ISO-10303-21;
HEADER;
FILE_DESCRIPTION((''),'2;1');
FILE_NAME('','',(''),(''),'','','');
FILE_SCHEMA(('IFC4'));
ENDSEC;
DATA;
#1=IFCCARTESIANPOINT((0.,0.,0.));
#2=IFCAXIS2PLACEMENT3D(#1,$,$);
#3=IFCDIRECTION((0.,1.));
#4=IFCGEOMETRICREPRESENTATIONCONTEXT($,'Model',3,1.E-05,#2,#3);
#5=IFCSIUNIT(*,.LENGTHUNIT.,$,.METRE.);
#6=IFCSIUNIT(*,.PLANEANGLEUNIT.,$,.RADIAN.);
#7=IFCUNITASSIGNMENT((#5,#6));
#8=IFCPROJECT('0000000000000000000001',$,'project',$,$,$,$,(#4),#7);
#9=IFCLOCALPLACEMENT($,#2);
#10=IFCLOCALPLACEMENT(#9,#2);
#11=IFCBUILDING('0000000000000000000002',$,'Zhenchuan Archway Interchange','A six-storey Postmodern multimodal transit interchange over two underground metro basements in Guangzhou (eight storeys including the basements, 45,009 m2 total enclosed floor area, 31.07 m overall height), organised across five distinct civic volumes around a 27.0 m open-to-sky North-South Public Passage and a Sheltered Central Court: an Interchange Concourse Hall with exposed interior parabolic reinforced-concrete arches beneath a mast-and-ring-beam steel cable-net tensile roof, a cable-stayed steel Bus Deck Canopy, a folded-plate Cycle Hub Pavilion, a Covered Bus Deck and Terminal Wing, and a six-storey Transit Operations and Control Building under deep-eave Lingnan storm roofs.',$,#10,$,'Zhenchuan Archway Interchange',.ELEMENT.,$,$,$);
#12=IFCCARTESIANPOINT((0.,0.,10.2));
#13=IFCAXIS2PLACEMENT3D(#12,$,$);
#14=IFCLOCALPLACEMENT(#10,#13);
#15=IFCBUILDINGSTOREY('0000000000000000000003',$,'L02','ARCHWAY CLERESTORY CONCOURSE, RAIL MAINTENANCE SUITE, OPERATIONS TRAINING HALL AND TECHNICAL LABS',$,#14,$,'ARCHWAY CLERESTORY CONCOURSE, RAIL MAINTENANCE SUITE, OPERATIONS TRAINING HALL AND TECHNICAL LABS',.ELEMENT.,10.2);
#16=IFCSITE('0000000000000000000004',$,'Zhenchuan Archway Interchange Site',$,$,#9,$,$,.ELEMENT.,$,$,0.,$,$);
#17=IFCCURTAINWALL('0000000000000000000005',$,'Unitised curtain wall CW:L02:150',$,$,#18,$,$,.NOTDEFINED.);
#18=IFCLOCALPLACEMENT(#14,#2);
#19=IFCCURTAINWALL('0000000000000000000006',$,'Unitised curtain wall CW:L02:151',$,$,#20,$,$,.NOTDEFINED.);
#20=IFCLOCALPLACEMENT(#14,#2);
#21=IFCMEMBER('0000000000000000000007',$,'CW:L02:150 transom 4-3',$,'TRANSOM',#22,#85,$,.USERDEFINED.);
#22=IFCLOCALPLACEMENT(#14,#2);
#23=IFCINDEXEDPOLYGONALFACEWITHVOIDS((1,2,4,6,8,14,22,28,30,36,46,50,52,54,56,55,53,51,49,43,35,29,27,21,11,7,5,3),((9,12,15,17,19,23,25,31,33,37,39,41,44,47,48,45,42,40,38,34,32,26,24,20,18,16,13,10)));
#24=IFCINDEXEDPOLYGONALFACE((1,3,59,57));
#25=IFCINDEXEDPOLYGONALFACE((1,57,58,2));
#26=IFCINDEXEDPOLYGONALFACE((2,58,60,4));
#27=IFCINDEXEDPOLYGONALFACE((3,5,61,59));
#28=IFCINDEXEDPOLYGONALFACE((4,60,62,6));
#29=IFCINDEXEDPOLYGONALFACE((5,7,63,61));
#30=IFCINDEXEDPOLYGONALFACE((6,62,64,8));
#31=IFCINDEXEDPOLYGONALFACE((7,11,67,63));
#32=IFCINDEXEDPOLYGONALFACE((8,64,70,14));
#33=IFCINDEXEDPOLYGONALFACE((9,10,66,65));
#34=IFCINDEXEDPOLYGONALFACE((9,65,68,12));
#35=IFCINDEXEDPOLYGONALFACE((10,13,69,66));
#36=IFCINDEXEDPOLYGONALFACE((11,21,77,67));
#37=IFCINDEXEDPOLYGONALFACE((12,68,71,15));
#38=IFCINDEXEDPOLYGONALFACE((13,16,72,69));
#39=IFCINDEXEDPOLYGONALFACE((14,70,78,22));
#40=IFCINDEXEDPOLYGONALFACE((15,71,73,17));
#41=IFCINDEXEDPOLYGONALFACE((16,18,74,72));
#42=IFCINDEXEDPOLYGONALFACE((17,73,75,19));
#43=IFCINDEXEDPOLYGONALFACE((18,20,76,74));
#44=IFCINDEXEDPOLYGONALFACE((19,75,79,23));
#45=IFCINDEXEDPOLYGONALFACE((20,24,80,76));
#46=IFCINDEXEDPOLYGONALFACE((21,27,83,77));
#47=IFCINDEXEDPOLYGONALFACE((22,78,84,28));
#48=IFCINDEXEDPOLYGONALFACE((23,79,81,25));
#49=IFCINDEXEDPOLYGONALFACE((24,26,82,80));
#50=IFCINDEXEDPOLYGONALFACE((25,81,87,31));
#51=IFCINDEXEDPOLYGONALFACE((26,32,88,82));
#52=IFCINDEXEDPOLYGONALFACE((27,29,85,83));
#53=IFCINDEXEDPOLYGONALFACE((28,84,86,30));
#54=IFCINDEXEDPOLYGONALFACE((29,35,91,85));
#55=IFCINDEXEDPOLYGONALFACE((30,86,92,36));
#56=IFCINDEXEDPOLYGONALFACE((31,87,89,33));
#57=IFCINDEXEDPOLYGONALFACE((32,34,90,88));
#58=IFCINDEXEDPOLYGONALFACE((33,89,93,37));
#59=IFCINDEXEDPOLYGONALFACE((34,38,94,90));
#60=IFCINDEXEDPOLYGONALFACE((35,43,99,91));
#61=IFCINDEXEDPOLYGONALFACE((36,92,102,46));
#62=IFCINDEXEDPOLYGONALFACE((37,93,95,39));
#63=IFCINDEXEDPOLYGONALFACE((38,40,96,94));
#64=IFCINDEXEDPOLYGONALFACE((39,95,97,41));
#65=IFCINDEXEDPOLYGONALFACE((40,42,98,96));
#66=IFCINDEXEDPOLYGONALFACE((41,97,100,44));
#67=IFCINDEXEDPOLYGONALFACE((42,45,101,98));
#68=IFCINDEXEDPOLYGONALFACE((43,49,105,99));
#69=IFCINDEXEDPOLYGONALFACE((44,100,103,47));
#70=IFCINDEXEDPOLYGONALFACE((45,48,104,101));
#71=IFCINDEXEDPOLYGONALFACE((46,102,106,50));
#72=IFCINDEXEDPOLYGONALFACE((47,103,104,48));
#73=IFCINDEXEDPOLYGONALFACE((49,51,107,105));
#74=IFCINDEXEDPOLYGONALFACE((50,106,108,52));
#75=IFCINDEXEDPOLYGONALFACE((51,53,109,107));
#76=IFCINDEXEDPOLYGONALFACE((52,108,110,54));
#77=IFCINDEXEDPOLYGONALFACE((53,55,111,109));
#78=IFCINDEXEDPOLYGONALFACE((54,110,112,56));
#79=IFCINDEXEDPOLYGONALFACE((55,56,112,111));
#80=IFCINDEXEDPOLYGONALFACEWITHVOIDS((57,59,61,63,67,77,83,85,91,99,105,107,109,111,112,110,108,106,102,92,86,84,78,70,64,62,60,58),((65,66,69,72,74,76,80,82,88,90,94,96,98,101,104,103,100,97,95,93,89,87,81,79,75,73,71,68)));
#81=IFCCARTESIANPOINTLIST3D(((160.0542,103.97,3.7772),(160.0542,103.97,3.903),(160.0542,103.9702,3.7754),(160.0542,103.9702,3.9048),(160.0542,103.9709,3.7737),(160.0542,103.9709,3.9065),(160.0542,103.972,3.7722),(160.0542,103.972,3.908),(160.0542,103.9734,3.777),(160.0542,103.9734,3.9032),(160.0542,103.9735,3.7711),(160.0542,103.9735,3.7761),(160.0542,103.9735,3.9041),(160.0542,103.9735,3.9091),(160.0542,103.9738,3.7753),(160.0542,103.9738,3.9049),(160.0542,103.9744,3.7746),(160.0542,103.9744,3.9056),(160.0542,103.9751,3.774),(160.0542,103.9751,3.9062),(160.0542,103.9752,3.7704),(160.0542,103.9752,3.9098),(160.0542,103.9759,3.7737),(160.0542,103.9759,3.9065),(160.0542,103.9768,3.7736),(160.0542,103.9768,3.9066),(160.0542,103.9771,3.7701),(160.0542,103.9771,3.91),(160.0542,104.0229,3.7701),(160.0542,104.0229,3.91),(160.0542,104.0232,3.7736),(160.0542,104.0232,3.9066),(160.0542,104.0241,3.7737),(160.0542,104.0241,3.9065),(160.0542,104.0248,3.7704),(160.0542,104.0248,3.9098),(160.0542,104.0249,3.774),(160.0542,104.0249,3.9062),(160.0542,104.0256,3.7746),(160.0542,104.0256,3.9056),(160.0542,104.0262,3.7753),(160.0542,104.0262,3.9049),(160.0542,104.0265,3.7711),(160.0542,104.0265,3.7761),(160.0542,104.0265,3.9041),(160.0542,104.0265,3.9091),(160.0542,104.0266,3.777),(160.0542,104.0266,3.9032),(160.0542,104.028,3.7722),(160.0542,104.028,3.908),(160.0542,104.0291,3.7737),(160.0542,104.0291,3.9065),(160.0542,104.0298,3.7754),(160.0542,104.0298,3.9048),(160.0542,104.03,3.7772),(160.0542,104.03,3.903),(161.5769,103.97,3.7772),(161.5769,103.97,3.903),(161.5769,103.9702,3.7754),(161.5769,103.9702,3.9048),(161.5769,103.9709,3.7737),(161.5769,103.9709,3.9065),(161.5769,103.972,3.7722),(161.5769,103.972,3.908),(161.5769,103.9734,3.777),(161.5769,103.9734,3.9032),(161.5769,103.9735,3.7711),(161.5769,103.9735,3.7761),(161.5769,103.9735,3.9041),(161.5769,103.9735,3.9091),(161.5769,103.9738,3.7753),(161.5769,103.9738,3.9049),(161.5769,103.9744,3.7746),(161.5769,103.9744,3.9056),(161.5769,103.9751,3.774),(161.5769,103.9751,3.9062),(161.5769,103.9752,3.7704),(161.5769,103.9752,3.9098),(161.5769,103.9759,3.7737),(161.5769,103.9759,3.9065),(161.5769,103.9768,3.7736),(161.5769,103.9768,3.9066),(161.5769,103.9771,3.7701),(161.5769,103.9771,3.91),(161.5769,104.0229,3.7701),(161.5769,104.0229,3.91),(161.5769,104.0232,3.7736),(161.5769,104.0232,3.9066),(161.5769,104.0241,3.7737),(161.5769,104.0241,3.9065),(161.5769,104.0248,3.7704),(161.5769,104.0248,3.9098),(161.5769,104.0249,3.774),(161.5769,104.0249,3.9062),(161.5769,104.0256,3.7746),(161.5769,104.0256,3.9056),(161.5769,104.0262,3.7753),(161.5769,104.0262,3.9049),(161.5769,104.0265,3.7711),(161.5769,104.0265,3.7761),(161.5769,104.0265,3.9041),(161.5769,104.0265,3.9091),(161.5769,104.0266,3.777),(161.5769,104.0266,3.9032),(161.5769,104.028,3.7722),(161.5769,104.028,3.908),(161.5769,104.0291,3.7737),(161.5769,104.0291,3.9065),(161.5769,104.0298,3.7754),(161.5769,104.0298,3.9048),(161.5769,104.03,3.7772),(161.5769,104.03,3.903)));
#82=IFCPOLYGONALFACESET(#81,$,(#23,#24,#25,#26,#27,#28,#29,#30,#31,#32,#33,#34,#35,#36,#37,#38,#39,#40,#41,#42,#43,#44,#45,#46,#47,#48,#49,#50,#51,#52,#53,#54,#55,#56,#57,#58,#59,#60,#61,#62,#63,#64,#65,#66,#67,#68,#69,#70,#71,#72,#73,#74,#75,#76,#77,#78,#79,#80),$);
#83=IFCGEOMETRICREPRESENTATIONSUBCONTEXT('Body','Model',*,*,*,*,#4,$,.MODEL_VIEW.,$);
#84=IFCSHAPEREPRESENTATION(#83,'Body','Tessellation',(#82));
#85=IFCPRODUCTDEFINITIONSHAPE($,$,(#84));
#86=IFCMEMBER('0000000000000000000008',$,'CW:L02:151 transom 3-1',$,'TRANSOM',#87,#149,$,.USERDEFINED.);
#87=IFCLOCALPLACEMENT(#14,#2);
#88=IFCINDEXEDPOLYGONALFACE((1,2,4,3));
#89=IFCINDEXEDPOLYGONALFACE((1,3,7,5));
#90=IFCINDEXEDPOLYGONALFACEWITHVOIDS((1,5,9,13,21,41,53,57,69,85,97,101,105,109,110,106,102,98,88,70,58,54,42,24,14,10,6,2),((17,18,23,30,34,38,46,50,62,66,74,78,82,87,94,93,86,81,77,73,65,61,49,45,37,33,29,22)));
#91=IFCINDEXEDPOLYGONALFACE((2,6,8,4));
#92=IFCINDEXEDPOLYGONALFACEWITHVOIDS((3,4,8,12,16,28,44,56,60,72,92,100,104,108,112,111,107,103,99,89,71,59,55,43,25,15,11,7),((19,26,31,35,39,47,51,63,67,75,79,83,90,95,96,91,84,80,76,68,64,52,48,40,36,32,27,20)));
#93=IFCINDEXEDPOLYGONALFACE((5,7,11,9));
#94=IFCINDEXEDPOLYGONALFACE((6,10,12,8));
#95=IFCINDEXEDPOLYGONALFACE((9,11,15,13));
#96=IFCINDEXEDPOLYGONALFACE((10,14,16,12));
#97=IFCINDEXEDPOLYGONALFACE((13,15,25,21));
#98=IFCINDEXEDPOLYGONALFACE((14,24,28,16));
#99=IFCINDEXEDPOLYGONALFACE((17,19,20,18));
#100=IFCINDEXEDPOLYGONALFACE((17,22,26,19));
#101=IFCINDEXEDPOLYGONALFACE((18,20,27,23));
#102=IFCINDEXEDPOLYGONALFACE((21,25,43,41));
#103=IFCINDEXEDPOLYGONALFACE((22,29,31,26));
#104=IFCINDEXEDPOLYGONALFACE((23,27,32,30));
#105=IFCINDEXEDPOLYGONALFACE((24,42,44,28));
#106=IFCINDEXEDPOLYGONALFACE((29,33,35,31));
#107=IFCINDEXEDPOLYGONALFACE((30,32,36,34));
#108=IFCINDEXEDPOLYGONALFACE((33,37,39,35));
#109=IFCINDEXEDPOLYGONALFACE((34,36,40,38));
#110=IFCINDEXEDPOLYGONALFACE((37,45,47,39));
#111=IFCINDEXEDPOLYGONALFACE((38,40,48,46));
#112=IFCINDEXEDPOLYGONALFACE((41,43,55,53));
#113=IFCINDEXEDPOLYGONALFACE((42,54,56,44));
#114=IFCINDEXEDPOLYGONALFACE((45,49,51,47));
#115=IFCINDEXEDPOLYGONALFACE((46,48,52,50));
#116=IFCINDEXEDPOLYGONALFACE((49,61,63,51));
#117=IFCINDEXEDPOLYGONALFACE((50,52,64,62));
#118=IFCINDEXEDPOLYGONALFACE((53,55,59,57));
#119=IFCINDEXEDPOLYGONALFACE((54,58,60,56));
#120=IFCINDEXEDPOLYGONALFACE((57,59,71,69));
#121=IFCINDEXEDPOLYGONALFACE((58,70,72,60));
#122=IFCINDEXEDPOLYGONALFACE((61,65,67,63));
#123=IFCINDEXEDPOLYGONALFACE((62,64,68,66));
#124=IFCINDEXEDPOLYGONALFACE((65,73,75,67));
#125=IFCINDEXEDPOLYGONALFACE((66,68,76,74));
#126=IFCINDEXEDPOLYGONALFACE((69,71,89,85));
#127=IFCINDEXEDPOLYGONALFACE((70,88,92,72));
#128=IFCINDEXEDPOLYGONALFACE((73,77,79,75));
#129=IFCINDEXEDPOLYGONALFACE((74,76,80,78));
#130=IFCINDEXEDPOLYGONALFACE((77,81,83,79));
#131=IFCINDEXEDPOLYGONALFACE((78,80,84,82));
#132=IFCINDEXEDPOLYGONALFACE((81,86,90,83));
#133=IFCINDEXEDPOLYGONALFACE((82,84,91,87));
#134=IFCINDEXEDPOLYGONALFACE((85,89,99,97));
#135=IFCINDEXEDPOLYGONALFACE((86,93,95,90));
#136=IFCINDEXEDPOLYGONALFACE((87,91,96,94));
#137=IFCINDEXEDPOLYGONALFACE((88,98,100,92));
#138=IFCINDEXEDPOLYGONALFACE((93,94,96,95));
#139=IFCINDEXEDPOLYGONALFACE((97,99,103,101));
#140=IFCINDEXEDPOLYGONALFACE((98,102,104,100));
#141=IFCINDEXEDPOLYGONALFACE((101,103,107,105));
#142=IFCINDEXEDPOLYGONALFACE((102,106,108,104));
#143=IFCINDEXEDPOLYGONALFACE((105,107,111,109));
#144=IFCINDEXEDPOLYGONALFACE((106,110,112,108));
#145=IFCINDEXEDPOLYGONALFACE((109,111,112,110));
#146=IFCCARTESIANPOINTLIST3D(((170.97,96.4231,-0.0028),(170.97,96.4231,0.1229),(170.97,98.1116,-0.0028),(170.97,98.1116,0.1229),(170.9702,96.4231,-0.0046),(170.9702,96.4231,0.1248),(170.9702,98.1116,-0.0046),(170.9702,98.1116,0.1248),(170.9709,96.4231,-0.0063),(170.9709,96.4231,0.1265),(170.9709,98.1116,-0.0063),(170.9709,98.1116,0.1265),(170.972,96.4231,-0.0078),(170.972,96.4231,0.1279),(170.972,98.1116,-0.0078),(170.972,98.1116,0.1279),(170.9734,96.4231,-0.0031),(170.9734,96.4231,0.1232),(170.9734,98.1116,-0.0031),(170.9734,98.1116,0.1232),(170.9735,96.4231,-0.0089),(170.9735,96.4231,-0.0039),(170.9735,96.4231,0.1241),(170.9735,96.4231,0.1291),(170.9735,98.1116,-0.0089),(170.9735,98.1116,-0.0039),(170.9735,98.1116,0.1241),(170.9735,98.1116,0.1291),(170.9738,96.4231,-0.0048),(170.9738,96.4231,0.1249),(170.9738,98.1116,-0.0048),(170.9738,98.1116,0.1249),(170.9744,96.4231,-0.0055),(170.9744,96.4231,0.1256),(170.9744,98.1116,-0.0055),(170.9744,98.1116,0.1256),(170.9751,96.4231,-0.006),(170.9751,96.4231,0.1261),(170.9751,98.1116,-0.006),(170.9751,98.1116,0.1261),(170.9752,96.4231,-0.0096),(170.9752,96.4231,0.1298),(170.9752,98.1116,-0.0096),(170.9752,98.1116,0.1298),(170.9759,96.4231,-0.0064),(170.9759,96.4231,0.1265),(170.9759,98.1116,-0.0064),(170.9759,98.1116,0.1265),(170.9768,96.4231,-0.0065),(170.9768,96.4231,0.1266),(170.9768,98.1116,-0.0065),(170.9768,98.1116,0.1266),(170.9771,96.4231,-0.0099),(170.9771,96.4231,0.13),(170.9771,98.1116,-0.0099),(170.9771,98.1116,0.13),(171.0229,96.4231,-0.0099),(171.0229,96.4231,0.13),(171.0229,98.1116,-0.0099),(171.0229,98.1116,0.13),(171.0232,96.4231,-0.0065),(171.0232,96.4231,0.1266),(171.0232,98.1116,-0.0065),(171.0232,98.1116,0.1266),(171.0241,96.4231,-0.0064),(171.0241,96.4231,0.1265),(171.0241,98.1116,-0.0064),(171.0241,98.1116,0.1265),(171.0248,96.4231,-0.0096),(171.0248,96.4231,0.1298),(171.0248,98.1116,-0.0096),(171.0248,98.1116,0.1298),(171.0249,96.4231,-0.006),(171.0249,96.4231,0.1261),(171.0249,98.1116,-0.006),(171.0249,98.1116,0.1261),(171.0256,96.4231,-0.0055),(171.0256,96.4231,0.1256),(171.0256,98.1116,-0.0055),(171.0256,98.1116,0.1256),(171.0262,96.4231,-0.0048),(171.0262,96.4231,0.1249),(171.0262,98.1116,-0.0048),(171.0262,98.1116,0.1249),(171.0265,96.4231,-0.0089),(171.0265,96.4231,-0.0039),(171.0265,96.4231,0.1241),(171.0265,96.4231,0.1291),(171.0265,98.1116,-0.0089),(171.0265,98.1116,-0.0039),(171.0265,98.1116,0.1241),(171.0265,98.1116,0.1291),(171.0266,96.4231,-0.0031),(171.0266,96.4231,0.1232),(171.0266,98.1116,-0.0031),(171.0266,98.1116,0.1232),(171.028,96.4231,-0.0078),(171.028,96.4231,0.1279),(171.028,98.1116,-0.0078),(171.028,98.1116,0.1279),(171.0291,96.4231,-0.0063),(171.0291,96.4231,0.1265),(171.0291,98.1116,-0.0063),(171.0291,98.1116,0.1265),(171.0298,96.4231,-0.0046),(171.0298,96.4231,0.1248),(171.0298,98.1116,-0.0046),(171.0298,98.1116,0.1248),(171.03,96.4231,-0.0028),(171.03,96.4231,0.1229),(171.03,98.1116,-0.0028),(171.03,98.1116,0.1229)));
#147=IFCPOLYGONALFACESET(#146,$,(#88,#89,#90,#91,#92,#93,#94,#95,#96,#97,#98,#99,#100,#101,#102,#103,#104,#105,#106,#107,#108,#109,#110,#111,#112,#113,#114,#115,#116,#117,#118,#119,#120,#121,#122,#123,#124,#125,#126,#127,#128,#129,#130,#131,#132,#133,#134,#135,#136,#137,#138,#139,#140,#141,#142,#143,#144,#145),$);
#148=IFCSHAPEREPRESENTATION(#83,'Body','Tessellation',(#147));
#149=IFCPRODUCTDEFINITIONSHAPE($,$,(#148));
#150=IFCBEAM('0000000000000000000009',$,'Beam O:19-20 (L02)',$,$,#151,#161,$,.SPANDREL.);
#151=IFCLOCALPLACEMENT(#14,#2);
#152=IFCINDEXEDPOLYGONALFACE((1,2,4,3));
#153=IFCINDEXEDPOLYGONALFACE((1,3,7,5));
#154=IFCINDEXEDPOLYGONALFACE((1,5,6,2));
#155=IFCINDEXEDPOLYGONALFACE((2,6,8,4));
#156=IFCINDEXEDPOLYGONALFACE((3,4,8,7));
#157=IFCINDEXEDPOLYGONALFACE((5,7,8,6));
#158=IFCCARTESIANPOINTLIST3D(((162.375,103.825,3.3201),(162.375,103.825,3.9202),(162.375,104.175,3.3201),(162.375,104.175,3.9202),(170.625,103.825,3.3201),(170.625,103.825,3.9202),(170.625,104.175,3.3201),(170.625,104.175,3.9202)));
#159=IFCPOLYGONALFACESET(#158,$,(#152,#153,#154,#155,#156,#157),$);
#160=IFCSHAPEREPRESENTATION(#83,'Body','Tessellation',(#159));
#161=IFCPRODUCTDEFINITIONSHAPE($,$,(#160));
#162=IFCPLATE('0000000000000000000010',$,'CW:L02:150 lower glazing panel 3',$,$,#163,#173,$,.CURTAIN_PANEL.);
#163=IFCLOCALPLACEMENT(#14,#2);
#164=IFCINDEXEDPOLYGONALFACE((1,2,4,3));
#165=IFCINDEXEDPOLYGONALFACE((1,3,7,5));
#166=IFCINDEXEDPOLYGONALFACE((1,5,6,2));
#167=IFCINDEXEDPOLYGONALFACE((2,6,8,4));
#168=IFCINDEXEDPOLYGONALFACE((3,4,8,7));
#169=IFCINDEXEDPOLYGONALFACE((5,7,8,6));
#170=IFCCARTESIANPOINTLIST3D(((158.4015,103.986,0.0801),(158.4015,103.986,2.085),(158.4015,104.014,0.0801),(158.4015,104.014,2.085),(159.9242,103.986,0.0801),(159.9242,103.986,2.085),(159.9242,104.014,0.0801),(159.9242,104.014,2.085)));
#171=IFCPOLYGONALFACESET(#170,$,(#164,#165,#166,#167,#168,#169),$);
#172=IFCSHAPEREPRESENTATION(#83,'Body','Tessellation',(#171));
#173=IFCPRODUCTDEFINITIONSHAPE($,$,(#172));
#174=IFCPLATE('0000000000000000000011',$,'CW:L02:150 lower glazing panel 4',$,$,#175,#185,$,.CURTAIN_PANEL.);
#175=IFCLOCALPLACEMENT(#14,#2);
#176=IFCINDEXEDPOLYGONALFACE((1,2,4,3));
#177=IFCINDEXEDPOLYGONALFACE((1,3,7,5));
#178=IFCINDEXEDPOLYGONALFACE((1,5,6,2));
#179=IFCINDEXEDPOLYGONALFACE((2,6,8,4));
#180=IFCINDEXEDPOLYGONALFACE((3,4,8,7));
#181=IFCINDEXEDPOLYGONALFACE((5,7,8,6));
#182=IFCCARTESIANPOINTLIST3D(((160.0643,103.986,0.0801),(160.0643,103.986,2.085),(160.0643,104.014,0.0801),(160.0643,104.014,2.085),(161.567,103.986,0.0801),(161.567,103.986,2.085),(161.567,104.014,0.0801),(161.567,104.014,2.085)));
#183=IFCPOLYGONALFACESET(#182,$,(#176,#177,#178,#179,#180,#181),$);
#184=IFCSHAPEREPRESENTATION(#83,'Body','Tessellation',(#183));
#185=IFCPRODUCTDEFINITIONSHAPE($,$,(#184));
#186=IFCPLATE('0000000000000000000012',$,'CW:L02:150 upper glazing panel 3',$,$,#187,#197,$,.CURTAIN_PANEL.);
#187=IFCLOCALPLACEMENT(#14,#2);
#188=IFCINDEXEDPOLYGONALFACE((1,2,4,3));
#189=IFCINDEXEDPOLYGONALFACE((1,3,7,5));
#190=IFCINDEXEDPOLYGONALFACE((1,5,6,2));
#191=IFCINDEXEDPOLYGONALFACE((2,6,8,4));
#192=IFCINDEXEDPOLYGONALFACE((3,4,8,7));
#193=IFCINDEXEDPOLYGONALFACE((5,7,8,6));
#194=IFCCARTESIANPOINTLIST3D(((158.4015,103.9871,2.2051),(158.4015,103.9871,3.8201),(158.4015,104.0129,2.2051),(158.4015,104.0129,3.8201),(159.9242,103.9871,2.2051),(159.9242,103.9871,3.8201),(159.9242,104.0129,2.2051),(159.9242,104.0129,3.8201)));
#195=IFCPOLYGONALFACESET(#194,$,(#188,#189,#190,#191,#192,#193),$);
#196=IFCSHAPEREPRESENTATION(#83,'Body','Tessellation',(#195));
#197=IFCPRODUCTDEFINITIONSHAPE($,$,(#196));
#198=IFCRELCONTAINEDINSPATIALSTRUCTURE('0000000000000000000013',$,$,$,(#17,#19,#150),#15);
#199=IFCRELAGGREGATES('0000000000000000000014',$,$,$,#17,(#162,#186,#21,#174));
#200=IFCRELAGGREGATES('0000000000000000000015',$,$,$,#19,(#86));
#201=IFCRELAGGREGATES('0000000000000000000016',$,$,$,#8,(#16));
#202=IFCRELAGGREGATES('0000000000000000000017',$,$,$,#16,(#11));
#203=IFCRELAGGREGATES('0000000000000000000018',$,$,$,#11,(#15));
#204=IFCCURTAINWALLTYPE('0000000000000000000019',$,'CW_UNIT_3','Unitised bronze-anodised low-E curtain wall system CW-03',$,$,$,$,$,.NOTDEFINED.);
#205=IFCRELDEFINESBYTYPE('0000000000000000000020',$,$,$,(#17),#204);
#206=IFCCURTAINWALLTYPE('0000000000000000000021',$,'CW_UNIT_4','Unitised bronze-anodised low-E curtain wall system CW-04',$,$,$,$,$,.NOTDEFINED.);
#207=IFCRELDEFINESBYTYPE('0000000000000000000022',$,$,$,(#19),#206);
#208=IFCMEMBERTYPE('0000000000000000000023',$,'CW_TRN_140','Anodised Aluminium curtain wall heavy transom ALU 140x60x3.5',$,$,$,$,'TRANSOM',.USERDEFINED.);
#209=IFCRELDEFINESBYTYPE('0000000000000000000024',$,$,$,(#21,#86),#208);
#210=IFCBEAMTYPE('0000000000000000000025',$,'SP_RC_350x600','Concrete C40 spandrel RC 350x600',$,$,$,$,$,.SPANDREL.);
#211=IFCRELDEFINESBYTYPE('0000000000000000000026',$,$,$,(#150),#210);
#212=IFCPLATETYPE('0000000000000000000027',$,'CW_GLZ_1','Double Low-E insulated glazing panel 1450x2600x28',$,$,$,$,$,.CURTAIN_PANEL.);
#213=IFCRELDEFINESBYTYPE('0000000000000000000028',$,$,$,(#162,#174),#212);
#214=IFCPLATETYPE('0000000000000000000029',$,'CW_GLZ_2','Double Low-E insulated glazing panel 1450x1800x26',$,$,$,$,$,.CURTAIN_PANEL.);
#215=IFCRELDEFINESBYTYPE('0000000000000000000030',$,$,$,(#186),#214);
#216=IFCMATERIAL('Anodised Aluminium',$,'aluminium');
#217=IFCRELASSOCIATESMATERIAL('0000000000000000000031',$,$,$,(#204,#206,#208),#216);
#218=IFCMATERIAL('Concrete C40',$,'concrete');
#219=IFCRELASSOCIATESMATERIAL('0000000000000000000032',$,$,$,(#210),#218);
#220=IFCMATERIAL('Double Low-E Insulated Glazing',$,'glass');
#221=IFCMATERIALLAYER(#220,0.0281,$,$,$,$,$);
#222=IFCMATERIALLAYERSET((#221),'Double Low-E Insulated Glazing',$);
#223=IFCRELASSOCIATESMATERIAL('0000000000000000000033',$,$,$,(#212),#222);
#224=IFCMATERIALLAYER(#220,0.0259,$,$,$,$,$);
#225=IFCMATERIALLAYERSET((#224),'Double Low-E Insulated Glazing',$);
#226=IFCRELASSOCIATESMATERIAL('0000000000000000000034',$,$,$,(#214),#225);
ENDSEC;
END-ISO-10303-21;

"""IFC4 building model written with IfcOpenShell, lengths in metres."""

from ifc_helpers import new_model, si_unit, direction, frame, origin, origin_2d, place, context, subcontext, project, spatial, rectangle, hollow_rectangle, extrude, material, layer, layer_set, material_profile, profile_set, type_object, element, aggregate, save


model = new_model("IFC4")

# Units and contexts
model_context = context("Model", 3, precision=1e-05, world=origin(), true_north=direction((0.0, 1.0)))
body_context = subcontext(model_context, "Body", "Model", "MODEL_VIEW")
ifc_project = project(units=[si_unit("LENGTHUNIT", "METRE"), si_unit("PLANEANGLEUNIT", "RADIAN")], contexts=[model_context])

# Site, building, storey
site_placement = place(None, origin())
site = spatial("IfcSite", under=ifc_project, at=site_placement, Name="Zhenchuan Archway Interchange Site", CompositionType="ELEMENT", RefElevation=0.0)
building_placement = place(site_placement, origin())
building = spatial("IfcBuilding", under=site, at=building_placement, Name="Zhenchuan Archway Interchange", Description="A six-storey Postmodern multimodal transit interchange over two underground metro basements in Guangzhou (eight storeys including the basements, 45,009 m2 total enclosed floor area, 31.07 m overall height), organised across five distinct civic volumes around a 27.0 m open-to-sky North-South Public Passage and a Sheltered Central Court: an Interchange Concourse Hall with exposed interior parabolic reinforced-concrete arches beneath a mast-and-ring-beam steel cable-net tensile roof, a cable-stayed steel Bus Deck Canopy, a folded-plate Cycle Hub Pavilion, a Covered Bus Deck and Terminal Wing, and a six-storey Transit Operations and Control Building under deep-eave Lingnan storm roofs.", LongName="Zhenchuan Archway Interchange", CompositionType="ELEMENT")
storey_placement = place(building_placement, frame((0.0, 0.0, 10.2)))
storey = spatial("IfcBuildingStorey", under=building, at=storey_placement, Name="L02", Description="ARCHWAY CLERESTORY CONCOURSE, RAIL MAINTENANCE SUITE, OPERATIONS TRAINING HALL AND TECHNICAL LABS", LongName="ARCHWAY CLERESTORY CONCOURSE, RAIL MAINTENANCE SUITE, OPERATIONS TRAINING HALL AND TECHNICAL LABS", CompositionType="ELEMENT", Elevation=10.2)

# Shared definitions
ifc_material_1 = material(Name="Concrete C40", Category="concrete")

# Curtain wall
ifc_material_2 = material(Name="Anodised Aluminium", Category="aluminium")
curtain_wall_type_1 = type_object("IfcCurtainWallType", Name="CW_UNIT_3", Description="Unitised bronze-anodised low-E curtain wall system CW-03", PredefinedType="NOTDEFINED", material=ifc_material_2)
curtain_wall_1_placement = place(storey_placement, origin())
curtain_wall_1 = element("IfcCurtainWall", 1, at=curtain_wall_1_placement, inside=storey, type_object=curtain_wall_type_1, Name="Unitised curtain wall CW:L02:150", PredefinedType="NOTDEFINED")

# Curtain wall
curtain_wall_type_2 = type_object("IfcCurtainWallType", Name="CW_UNIT_4", Description="Unitised bronze-anodised low-E curtain wall system CW-04", PredefinedType="NOTDEFINED", material=ifc_material_2)
curtain_wall_2_placement = place(storey_placement, origin())
curtain_wall_2 = element("IfcCurtainWall", 2, at=curtain_wall_2_placement, inside=storey, type_object=curtain_wall_type_2, Name="Unitised curtain wall CW:L02:151", PredefinedType="NOTDEFINED")

# Members
ifc_material_profile_1 = material_profile(ifc_material_2, hollow_rectangle(XDim=0.0601, YDim=0.1399, WallThickness=0.0034, InnerFilletRadius=0.0034, OuterFilletRadius=0.0071, at=origin_2d()), Name="ALU 140x60x3.5")
ifc_profile_set_1 = profile_set([ifc_material_profile_1], Name="Anodised Aluminium")
member_type_1 = type_object("IfcMemberType", Name="CW_TRN_140", Description="Anodised Aluminium curtain wall heavy transom ALU 140x60x3.5", ElementType="TRANSOM", PredefinedType="USERDEFINED", material=ifc_profile_set_1)
member_1_placement = place(storey_placement, frame((160.0542, 104.0, 3.8401), z_axis=(1.0, 0.0, 0.0), x_axis=(0.0, 1.0, 0.0)))
member_1 = element("IfcMember", 3, at=member_1_placement, type_object=member_type_1, Name="CW:L02:150 transom 4-3", ObjectType="TRANSOM", PredefinedType="USERDEFINED", context=body_context, shape_type="SweptSolid", body=[
    extrude(hollow_rectangle(XDim=0.0601, YDim=0.1399, WallThickness=0.0034, InnerFilletRadius=0.0034, OuterFilletRadius=0.0071, at=origin_2d()), origin(), (0.0, 0.0, 1.0), 1.5227),
])
member_2_placement = place(storey_placement, frame((171.0, 98.1116, 0.0601), z_axis=(0.0, -1.0, 0.0), x_axis=(1.0, 0.0, 0.0)))
member_2 = element("IfcMember", 4, at=member_2_placement, type_object=member_type_1, Name="CW:L02:151 transom 3-1", ObjectType="TRANSOM", PredefinedType="USERDEFINED", context=body_context, shape_type="SweptSolid", body=[
    extrude(hollow_rectangle(XDim=0.0601, YDim=0.1399, WallThickness=0.0034, InnerFilletRadius=0.0034, OuterFilletRadius=0.0071, at=origin_2d()), origin(), (0.0, 0.0, 1.0), 1.6885),
])

# Beam
ifc_material_profile_2 = material_profile(ifc_material_1, rectangle(XDim=0.3501, YDim=0.6001, at=origin_2d()), Name="RC 350x600")
ifc_profile_set_2 = profile_set([ifc_material_profile_2], Name="Concrete C40")
beam_type = type_object("IfcBeamType", Name="SP_RC_350x600", Description="Concrete C40 spandrel RC 350x600", PredefinedType="SPANDREL", material=ifc_profile_set_2)
beam_placement = place(storey_placement, frame((162.375, 104.0, 3.6201), z_axis=(1.0, 0.0, 0.0), x_axis=(0.0, 1.0, 0.0)))
element("IfcBeam", 5, at=beam_placement, inside=storey, type_object=beam_type, Name="Beam O:19-20 (L02)", PredefinedType="SPANDREL", context=body_context, shape_type="SweptSolid", body=[
    extrude(rectangle(XDim=0.3501, YDim=0.6001, at=origin_2d()), origin(), (0.0, 0.0, 1.0), 8.25),
])

# Plates
ifc_material_3 = material(Name="Double Low-E Insulated Glazing", Category="glass")
ifc_layer_1 = layer(ifc_material_3, 0.0281)
ifc_layer_set_1 = layer_set([ifc_layer_1], Name="Double Low-E Insulated Glazing")
plate_type_1 = type_object("IfcPlateType", Name="CW_GLZ_1", Description="Double Low-E insulated glazing panel 1450x2600x28", PredefinedType="CURTAIN_PANEL", material=ifc_layer_set_1)
plate_1_placement = place(storey_placement, frame((159.1628, 104.0, 0.0801), z_axis=(0.0, 0.0, 1.0), x_axis=(1.0, 0.0, 0.0)))
plate_1 = element("IfcPlate", 6, at=plate_1_placement, type_object=plate_type_1, Name="CW:L02:150 lower glazing panel 3", PredefinedType="CURTAIN_PANEL", context=body_context, shape_type="SweptSolid", body=[
    extrude(rectangle(XDim=1.5227, YDim=0.0281, at=origin_2d()), origin(), (0.0, 0.0, 1.0), 2.0049),
])
plate_2_placement = place(storey_placement, frame((160.8157, 104.0, 0.0801), z_axis=(0.0, 0.0, 1.0), x_axis=(1.0, 0.0, 0.0)))
plate_2 = element("IfcPlate", 7, at=plate_2_placement, type_object=plate_type_1, Name="CW:L02:150 lower glazing panel 4", PredefinedType="CURTAIN_PANEL", context=body_context, shape_type="SweptSolid", body=[
    extrude(rectangle(XDim=1.5027, YDim=0.0281, at=origin_2d()), origin(), (0.0, 0.0, 1.0), 2.0049),
])
ifc_layer_2 = layer(ifc_material_3, 0.0259)
ifc_layer_set_2 = layer_set([ifc_layer_2], Name="Double Low-E Insulated Glazing")
plate_type_2 = type_object("IfcPlateType", Name="CW_GLZ_2", Description="Double Low-E insulated glazing panel 1450x1800x26", PredefinedType="CURTAIN_PANEL", material=ifc_layer_set_2)
plate_3_placement = place(storey_placement, frame((159.1628, 104.0, 2.2051), z_axis=(0.0, 0.0, 1.0), x_axis=(1.0, 0.0, 0.0)))
plate_3 = element("IfcPlate", 8, at=plate_3_placement, type_object=plate_type_2, Name="CW:L02:150 upper glazing panel 3", PredefinedType="CURTAIN_PANEL", context=body_context, shape_type="SweptSolid", body=[
    extrude(rectangle(XDim=1.5227, YDim=0.0259, at=origin_2d()), origin(), (0.0, 0.0, 1.0), 1.615),
])
aggregate(curtain_wall_1, [plate_1, plate_3, member_1, plate_2])
aggregate(curtain_wall_2, [member_2])

save(model, "model.ifc")
